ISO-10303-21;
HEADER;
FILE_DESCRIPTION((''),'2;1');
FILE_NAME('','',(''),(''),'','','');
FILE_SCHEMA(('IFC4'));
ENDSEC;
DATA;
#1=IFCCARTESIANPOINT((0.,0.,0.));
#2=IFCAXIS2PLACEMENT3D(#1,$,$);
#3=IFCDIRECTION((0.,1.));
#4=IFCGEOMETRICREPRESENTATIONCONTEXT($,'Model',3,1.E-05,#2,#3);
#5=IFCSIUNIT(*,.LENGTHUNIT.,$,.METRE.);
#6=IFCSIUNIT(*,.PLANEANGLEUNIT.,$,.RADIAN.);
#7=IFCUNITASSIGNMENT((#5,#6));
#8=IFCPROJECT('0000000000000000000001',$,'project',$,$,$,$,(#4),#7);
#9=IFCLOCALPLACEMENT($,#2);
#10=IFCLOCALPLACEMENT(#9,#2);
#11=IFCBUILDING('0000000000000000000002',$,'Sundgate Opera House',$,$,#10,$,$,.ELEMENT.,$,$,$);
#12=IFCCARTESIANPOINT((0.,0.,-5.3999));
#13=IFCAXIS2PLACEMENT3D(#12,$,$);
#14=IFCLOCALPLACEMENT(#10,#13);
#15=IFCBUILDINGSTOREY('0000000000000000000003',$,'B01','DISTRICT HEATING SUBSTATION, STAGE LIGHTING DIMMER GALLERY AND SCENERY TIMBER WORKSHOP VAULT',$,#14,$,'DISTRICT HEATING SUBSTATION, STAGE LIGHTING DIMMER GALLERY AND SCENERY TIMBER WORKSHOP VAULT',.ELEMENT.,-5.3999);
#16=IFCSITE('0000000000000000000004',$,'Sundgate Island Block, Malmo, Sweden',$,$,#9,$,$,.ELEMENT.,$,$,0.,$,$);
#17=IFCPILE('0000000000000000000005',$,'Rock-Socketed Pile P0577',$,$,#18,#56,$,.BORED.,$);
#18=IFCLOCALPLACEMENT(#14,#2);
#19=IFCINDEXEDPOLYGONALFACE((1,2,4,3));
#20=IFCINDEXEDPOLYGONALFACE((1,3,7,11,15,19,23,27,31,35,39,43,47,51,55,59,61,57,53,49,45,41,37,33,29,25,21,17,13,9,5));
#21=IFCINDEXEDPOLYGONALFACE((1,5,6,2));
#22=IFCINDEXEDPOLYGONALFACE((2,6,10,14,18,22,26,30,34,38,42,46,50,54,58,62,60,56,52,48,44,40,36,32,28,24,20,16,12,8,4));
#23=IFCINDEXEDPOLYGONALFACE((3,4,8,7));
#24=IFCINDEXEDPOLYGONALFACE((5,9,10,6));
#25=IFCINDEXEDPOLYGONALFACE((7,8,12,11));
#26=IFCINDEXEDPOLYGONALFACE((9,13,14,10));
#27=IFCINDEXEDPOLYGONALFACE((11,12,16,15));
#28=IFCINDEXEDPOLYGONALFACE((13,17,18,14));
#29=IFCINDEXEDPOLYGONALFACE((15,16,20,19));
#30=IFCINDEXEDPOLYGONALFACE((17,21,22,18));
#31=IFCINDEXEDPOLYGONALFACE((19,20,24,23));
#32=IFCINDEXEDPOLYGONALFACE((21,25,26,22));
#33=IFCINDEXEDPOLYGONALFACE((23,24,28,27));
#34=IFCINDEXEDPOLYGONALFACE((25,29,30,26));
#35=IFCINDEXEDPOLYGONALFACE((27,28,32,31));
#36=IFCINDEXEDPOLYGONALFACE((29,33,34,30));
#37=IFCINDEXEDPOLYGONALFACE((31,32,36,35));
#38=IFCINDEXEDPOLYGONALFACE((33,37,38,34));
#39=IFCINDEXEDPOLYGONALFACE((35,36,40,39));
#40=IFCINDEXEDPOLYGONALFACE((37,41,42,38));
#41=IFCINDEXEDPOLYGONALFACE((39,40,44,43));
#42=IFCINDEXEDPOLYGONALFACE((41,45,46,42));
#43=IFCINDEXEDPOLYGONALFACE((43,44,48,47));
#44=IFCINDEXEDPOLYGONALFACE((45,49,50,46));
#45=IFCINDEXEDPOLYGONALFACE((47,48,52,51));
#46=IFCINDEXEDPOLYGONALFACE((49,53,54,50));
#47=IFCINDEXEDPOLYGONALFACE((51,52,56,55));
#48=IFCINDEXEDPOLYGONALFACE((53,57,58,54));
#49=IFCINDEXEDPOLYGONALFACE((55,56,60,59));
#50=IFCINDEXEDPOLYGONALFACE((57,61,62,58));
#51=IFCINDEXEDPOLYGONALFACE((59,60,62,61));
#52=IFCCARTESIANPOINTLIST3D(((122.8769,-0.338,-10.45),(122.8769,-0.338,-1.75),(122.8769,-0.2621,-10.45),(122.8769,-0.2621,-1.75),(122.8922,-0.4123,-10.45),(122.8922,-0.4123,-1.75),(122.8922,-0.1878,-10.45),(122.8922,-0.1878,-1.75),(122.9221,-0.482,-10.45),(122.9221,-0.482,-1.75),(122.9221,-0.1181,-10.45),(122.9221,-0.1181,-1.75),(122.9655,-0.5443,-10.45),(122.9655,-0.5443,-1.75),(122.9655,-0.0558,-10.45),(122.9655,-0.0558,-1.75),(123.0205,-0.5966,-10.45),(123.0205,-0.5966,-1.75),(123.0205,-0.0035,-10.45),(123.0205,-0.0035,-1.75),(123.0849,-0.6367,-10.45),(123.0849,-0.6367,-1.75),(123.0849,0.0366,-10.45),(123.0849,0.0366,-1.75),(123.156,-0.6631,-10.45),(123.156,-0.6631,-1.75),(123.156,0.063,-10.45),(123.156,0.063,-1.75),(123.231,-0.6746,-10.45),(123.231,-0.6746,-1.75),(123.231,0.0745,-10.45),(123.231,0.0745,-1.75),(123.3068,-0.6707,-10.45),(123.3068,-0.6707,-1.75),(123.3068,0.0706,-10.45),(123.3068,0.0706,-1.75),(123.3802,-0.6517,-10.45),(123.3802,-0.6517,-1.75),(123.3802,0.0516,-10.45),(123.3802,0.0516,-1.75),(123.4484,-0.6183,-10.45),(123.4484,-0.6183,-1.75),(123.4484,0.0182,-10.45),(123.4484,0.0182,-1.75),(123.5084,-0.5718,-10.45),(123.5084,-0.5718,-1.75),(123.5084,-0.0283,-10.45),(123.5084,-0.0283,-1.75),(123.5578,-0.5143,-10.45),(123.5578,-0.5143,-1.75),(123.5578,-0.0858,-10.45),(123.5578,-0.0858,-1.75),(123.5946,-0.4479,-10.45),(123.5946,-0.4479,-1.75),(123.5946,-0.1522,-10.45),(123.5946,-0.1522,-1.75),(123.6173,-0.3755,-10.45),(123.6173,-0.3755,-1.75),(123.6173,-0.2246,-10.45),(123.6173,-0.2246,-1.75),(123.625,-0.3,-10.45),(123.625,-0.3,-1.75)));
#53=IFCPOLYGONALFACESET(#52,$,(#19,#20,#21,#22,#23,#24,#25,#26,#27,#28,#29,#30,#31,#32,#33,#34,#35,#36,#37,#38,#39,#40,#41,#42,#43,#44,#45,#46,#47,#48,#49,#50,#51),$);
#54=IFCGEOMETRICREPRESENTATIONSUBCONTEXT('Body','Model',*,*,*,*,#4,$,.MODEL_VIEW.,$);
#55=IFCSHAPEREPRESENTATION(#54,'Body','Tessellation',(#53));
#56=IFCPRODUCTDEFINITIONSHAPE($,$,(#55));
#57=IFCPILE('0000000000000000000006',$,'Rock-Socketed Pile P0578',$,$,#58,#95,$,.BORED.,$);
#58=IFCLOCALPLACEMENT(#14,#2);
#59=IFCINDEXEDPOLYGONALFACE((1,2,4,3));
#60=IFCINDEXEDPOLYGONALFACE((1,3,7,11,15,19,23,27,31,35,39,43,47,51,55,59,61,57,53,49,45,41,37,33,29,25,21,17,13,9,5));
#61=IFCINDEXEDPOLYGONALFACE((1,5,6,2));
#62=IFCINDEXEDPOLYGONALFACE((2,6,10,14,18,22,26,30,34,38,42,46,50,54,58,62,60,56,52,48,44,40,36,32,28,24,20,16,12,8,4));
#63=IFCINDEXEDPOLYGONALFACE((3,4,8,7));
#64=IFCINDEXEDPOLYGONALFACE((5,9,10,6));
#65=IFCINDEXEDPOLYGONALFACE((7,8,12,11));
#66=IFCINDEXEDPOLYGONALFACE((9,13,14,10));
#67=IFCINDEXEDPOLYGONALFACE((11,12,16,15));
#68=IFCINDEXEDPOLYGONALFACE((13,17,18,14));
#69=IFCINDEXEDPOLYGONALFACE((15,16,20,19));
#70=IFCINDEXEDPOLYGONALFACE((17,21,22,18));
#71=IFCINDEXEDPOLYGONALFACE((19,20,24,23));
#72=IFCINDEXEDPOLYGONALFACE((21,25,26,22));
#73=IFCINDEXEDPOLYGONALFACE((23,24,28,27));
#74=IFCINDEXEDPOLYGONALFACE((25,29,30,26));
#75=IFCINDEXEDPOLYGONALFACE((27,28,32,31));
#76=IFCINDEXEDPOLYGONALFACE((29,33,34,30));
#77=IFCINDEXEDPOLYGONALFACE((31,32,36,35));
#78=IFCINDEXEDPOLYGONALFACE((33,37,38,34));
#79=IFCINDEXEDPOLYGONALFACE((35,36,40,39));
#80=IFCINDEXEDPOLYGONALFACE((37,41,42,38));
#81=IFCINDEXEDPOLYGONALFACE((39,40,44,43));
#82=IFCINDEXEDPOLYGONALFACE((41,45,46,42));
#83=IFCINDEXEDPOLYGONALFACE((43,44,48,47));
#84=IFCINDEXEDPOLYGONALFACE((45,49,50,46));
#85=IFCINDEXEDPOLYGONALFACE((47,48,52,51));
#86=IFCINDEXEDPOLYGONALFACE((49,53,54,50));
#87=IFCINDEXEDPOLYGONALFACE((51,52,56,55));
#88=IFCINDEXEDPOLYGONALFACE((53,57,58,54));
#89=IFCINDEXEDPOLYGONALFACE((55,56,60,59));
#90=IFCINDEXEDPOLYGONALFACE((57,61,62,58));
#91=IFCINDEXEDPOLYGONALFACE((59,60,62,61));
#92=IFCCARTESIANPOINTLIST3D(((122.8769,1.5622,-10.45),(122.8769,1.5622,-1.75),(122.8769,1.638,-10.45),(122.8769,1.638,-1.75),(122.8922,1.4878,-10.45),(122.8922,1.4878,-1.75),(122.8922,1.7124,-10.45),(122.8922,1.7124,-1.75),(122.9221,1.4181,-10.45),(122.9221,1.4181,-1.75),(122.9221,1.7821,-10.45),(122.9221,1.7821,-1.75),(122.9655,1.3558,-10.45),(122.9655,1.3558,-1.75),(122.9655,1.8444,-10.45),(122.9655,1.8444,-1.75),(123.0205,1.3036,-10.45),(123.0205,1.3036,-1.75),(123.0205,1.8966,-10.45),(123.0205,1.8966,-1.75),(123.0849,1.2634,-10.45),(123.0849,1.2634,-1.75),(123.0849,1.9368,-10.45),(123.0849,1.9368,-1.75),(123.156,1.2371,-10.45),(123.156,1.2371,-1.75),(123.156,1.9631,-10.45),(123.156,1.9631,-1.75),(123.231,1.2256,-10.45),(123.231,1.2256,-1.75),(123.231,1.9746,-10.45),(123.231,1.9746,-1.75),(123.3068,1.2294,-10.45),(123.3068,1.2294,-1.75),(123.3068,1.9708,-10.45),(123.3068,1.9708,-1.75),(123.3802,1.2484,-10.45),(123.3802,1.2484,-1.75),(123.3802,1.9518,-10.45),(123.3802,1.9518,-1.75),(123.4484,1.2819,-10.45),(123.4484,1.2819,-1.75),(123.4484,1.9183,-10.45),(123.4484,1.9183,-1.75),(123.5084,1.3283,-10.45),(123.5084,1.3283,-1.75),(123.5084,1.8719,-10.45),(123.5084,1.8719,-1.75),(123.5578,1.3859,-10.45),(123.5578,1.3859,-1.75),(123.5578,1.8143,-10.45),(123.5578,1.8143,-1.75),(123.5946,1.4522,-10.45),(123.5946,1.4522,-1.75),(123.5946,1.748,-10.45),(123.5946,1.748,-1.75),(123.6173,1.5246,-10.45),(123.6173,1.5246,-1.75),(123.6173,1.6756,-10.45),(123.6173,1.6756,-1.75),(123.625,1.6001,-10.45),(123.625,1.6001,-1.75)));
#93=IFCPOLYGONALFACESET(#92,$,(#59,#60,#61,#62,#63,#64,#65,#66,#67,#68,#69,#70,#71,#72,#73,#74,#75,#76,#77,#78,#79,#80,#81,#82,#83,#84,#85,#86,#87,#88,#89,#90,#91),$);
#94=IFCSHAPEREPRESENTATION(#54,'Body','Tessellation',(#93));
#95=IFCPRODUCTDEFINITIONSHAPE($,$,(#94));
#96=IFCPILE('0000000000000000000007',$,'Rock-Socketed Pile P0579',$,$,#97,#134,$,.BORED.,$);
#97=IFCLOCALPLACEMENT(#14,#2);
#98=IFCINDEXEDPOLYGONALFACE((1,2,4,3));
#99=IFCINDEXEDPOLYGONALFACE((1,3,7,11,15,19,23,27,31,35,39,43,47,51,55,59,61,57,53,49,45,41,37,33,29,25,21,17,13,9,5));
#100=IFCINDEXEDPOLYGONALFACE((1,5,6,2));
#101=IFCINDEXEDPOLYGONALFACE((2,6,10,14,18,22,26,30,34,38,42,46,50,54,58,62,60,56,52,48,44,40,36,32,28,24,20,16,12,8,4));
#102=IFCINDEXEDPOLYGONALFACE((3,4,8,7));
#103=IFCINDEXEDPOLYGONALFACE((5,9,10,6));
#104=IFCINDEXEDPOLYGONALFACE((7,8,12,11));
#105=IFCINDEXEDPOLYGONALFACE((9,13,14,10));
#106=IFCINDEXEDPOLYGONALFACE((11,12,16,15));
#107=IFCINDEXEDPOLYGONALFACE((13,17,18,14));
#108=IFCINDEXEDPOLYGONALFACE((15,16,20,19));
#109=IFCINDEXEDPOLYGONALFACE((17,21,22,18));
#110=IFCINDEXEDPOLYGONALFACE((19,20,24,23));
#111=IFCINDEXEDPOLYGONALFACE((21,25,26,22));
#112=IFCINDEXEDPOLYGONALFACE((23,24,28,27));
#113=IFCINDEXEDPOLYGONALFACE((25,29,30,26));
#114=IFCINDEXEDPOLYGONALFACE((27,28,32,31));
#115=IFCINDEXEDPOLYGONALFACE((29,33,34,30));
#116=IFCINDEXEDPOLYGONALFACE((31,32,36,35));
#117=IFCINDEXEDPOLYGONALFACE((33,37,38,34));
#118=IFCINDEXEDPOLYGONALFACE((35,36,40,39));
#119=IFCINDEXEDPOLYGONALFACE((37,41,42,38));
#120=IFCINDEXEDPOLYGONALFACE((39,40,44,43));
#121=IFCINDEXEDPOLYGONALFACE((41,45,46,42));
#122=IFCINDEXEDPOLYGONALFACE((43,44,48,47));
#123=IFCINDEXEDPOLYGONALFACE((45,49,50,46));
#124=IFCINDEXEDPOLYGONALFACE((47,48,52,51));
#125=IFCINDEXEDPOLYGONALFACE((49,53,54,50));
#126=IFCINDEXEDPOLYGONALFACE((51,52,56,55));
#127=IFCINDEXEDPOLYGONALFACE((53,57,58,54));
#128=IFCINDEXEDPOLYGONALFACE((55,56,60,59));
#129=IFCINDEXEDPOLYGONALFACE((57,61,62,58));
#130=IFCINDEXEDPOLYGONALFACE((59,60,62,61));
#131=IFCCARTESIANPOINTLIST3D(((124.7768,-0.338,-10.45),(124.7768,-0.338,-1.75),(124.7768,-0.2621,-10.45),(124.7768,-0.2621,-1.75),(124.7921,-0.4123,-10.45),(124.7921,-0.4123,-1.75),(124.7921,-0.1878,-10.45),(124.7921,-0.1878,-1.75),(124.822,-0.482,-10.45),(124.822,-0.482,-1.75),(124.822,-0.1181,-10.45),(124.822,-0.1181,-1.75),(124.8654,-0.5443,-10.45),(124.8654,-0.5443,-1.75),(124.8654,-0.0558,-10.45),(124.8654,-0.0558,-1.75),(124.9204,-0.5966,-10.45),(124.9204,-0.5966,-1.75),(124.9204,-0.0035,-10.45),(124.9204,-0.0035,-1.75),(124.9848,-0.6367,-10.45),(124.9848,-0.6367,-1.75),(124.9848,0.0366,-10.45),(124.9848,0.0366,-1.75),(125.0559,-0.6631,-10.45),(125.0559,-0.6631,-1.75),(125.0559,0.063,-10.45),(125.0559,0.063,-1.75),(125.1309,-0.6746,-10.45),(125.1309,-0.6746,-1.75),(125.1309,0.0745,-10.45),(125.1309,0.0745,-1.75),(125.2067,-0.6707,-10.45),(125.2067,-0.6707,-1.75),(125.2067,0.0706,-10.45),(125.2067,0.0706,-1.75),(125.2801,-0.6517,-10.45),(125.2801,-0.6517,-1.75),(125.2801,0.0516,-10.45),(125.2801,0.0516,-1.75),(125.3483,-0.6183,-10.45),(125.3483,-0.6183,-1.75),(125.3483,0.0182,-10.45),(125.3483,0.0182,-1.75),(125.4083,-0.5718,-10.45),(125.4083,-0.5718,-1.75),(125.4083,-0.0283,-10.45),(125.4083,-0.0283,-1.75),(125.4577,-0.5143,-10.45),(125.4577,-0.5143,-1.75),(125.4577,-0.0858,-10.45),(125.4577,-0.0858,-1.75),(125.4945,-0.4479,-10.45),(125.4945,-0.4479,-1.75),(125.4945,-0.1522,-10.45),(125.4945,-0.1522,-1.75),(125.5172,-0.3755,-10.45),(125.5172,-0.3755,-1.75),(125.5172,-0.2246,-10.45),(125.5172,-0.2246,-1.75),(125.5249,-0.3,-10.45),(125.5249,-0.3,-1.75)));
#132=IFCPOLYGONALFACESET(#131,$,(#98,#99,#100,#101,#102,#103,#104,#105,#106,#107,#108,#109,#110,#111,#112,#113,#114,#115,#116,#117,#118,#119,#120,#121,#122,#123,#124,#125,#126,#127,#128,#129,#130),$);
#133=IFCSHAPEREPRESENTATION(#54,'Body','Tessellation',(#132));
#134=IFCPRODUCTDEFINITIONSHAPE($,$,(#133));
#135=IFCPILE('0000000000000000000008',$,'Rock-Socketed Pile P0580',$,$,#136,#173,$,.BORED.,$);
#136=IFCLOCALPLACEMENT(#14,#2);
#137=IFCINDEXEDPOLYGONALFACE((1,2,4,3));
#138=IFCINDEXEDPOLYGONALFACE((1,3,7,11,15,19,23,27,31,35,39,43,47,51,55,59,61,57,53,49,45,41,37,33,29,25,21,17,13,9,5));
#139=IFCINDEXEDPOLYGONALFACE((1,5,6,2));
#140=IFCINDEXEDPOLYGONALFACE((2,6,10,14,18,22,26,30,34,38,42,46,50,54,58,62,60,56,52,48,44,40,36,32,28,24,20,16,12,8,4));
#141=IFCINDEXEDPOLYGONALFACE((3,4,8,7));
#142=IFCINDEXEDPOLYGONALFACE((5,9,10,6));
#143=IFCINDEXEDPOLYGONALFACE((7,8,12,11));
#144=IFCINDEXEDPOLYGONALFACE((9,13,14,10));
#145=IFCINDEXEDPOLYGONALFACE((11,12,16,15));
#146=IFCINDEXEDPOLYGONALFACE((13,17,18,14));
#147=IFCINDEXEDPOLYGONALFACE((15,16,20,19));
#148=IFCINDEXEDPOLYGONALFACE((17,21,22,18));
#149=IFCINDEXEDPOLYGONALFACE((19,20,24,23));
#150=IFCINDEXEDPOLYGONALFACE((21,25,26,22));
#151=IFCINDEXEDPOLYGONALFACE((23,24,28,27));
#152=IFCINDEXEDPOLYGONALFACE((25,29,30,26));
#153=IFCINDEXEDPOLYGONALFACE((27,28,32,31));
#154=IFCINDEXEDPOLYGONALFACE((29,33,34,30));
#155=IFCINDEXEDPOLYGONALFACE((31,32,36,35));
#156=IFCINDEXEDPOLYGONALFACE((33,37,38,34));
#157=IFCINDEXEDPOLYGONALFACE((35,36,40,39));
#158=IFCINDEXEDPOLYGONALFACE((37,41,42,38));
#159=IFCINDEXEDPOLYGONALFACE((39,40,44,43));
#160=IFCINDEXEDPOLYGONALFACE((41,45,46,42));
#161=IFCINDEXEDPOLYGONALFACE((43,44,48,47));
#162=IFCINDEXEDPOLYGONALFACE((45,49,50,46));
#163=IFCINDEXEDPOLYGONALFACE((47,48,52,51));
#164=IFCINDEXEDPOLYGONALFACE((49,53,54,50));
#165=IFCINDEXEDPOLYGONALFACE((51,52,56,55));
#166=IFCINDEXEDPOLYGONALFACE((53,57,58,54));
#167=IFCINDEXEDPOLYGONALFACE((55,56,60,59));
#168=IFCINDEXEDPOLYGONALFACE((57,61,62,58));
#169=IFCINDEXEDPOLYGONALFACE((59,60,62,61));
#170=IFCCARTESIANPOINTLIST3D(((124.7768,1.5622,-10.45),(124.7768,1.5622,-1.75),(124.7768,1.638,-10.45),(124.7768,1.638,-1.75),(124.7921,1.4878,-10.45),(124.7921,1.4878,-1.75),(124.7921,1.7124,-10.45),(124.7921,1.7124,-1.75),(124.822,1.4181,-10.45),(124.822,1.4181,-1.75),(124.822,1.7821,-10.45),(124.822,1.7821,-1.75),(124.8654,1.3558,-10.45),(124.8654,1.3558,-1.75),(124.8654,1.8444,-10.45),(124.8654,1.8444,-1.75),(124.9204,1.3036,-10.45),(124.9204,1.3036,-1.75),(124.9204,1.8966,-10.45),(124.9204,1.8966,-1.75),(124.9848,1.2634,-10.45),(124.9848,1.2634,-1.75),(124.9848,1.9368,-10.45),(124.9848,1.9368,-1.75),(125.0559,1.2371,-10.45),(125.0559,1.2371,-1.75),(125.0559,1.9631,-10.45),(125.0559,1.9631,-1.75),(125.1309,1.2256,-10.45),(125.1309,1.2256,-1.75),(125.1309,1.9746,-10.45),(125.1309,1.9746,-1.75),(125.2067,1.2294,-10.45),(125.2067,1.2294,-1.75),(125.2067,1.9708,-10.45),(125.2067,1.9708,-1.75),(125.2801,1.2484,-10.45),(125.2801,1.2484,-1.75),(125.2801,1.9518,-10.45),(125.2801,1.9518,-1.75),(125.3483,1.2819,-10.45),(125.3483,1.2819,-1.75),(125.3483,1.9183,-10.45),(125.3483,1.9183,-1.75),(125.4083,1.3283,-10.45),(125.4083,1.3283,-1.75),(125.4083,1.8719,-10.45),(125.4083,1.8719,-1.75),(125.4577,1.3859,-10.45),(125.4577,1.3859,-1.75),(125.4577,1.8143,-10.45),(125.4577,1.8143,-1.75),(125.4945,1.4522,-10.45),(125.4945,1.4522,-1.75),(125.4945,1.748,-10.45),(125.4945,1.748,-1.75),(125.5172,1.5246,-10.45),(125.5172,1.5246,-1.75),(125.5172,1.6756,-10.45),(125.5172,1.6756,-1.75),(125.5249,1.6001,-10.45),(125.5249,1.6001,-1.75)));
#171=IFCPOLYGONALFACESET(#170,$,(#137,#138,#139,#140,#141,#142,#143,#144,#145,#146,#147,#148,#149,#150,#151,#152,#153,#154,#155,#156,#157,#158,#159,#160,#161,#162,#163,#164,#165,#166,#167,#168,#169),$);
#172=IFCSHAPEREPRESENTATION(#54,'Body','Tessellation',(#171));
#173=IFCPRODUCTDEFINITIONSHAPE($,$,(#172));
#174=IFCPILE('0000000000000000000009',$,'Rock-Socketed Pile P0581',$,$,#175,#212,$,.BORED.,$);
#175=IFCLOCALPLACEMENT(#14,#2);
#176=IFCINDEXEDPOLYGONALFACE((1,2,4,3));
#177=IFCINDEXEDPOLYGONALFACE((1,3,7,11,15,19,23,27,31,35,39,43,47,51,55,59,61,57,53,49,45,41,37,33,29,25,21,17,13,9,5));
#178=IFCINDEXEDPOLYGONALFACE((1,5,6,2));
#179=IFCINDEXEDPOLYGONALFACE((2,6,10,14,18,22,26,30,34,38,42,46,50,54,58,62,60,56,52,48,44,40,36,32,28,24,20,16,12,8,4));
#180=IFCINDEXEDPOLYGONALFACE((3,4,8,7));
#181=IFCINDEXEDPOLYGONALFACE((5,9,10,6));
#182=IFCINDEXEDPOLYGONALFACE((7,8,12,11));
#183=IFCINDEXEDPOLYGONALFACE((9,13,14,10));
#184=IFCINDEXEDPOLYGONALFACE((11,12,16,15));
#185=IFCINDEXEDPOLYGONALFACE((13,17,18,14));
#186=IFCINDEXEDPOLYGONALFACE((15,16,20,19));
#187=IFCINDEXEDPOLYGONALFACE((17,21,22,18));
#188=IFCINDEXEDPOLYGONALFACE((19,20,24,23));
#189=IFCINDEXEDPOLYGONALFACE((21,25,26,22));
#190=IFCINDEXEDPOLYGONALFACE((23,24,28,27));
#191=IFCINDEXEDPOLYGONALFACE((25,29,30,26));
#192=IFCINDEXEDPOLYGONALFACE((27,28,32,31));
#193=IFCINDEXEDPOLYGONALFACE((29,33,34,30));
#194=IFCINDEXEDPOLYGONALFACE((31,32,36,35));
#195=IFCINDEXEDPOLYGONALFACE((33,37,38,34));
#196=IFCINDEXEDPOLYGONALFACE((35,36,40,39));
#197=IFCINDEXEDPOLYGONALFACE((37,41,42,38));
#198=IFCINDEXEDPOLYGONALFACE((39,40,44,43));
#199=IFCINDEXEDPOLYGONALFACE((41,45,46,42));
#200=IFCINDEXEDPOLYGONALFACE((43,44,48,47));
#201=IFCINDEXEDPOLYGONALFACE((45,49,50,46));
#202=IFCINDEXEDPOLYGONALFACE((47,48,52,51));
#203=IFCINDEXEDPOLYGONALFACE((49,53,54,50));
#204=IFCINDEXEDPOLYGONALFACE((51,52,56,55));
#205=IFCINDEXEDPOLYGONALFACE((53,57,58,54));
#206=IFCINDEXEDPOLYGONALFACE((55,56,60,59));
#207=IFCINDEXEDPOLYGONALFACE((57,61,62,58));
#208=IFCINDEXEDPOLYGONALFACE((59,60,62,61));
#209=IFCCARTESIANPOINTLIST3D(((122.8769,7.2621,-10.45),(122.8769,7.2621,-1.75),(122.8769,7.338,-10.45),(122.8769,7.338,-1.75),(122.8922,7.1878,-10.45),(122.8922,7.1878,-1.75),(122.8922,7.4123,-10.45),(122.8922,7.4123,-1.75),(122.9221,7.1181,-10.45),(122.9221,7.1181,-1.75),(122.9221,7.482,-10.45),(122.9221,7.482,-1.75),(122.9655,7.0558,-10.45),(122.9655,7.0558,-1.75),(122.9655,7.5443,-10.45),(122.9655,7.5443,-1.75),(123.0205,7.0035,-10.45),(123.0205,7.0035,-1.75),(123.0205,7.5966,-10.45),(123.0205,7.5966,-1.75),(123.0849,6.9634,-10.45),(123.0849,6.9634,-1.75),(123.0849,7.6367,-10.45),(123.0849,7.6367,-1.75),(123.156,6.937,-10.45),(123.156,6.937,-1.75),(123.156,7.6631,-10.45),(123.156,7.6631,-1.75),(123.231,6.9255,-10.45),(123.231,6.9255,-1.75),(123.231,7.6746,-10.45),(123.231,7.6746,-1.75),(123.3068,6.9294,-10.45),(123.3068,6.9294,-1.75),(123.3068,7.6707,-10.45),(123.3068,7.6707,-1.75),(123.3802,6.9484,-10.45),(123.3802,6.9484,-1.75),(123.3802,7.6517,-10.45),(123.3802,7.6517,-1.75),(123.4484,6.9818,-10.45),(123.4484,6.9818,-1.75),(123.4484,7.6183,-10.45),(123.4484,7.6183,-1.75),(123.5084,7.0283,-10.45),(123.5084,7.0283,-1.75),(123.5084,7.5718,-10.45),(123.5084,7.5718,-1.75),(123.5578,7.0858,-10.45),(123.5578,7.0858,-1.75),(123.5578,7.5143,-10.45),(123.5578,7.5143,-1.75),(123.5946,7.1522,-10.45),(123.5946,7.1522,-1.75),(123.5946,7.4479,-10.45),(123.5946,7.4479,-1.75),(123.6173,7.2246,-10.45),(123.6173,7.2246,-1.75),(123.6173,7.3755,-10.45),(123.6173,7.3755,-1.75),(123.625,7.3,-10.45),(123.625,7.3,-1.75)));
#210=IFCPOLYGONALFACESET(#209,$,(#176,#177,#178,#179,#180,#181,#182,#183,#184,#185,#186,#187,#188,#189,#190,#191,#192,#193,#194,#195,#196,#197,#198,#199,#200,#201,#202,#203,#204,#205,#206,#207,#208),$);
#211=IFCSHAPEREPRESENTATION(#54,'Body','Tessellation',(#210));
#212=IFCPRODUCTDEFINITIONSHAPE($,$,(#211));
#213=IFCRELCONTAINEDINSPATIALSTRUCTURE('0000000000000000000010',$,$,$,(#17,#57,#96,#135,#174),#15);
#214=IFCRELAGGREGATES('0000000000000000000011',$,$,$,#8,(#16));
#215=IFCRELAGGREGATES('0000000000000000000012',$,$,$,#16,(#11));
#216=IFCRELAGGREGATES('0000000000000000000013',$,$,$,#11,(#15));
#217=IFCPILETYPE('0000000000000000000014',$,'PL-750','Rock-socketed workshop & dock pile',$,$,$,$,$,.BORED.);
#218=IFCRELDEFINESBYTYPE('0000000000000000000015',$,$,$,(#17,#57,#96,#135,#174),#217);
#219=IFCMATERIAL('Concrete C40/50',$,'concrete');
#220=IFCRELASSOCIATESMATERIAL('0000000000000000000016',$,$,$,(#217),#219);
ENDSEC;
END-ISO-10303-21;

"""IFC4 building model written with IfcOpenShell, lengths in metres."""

from ifc_helpers import new_model, si_unit, direction, frame, origin, origin_2d, place, context, subcontext, project, spatial, circle, extrude, material, material_profile, profile_set, type_object, element, save


model = new_model("IFC4")

# Units and contexts
model_context = context("Model", 3, precision=1e-05, world=origin(), true_north=direction((0.0, 1.0)))
body_context = subcontext(model_context, "Body", "Model", "MODEL_VIEW")
ifc_project = project(units=[si_unit("LENGTHUNIT", "METRE"), si_unit("PLANEANGLEUNIT", "RADIAN")], contexts=[model_context])

# Site, building, storey
site_placement = place(None, origin())
site = spatial("IfcSite", under=ifc_project, at=site_placement, Name="Sundgate Island Block, Malmo, Sweden", CompositionType="ELEMENT", RefElevation=0.0)
building_placement = place(site_placement, origin())
building = spatial("IfcBuilding", under=site, at=building_placement, Name="Sundgate Opera House", CompositionType="ELEMENT")
storey_placement = place(building_placement, frame((0.0, 0.0, -5.3999)))
storey = spatial("IfcBuildingStorey", under=building, at=storey_placement, Name="B01", Description="DISTRICT HEATING SUBSTATION, STAGE LIGHTING DIMMER GALLERY AND SCENERY TIMBER WORKSHOP VAULT", LongName="DISTRICT HEATING SUBSTATION, STAGE LIGHTING DIMMER GALLERY AND SCENERY TIMBER WORKSHOP VAULT", CompositionType="ELEMENT", Elevation=-5.3999)

# Piles
ifc_material_1 = material(Name="Concrete C40/50", Category="concrete")
ifc_material_profile_1 = material_profile(ifc_material_1, circle(Radius=0.375, at=origin_2d()), Name="PILE D750")
ifc_profile_set_1 = profile_set([ifc_material_profile_1], Name="Concrete C40/50")
pile_type = type_object("IfcPileType", Name="PL-750", Description="Rock-socketed workshop & dock pile", PredefinedType="BORED", material=ifc_profile_set_1)
for number, where, z_axis, x_axis, name in (
    (1, (123.25, -0.3, -1.75), (0.0, 0.0, -1.0), (1.0, 0.0, 0.0), "Rock-Socketed Pile P0577"),
    (2, (123.25, 1.6001, -1.75), (0.0, 0.0, -1.0), (1.0, 0.0, 0.0), "Rock-Socketed Pile P0578"),
    (3, (125.1499, -0.3, -1.75), (0.0, 0.0, -1.0), (1.0, 0.0, 0.0), "Rock-Socketed Pile P0579"),
    (4, (125.1499, 1.6001, -1.75), (0.0, 0.0, -1.0), (1.0, 0.0, 0.0), "Rock-Socketed Pile P0580"),
    (5, (123.25, 7.3, -1.75), (0.0, 0.0, -1.0), (1.0, 0.0, 0.0), "Rock-Socketed Pile P0581"),
):
    element("IfcPile", number, at=place(storey_placement, frame(where, z_axis=z_axis, x_axis=x_axis)), inside=storey, type_object=pile_type, Name=name, PredefinedType="BORED", context=body_context, shape_type="SweptSolid", body=[
        extrude(circle(Radius=0.375, at=origin_2d()), origin(), (0.0, 0.0, 1.0), 8.7),
    ])

save(model, "model.ifc")
